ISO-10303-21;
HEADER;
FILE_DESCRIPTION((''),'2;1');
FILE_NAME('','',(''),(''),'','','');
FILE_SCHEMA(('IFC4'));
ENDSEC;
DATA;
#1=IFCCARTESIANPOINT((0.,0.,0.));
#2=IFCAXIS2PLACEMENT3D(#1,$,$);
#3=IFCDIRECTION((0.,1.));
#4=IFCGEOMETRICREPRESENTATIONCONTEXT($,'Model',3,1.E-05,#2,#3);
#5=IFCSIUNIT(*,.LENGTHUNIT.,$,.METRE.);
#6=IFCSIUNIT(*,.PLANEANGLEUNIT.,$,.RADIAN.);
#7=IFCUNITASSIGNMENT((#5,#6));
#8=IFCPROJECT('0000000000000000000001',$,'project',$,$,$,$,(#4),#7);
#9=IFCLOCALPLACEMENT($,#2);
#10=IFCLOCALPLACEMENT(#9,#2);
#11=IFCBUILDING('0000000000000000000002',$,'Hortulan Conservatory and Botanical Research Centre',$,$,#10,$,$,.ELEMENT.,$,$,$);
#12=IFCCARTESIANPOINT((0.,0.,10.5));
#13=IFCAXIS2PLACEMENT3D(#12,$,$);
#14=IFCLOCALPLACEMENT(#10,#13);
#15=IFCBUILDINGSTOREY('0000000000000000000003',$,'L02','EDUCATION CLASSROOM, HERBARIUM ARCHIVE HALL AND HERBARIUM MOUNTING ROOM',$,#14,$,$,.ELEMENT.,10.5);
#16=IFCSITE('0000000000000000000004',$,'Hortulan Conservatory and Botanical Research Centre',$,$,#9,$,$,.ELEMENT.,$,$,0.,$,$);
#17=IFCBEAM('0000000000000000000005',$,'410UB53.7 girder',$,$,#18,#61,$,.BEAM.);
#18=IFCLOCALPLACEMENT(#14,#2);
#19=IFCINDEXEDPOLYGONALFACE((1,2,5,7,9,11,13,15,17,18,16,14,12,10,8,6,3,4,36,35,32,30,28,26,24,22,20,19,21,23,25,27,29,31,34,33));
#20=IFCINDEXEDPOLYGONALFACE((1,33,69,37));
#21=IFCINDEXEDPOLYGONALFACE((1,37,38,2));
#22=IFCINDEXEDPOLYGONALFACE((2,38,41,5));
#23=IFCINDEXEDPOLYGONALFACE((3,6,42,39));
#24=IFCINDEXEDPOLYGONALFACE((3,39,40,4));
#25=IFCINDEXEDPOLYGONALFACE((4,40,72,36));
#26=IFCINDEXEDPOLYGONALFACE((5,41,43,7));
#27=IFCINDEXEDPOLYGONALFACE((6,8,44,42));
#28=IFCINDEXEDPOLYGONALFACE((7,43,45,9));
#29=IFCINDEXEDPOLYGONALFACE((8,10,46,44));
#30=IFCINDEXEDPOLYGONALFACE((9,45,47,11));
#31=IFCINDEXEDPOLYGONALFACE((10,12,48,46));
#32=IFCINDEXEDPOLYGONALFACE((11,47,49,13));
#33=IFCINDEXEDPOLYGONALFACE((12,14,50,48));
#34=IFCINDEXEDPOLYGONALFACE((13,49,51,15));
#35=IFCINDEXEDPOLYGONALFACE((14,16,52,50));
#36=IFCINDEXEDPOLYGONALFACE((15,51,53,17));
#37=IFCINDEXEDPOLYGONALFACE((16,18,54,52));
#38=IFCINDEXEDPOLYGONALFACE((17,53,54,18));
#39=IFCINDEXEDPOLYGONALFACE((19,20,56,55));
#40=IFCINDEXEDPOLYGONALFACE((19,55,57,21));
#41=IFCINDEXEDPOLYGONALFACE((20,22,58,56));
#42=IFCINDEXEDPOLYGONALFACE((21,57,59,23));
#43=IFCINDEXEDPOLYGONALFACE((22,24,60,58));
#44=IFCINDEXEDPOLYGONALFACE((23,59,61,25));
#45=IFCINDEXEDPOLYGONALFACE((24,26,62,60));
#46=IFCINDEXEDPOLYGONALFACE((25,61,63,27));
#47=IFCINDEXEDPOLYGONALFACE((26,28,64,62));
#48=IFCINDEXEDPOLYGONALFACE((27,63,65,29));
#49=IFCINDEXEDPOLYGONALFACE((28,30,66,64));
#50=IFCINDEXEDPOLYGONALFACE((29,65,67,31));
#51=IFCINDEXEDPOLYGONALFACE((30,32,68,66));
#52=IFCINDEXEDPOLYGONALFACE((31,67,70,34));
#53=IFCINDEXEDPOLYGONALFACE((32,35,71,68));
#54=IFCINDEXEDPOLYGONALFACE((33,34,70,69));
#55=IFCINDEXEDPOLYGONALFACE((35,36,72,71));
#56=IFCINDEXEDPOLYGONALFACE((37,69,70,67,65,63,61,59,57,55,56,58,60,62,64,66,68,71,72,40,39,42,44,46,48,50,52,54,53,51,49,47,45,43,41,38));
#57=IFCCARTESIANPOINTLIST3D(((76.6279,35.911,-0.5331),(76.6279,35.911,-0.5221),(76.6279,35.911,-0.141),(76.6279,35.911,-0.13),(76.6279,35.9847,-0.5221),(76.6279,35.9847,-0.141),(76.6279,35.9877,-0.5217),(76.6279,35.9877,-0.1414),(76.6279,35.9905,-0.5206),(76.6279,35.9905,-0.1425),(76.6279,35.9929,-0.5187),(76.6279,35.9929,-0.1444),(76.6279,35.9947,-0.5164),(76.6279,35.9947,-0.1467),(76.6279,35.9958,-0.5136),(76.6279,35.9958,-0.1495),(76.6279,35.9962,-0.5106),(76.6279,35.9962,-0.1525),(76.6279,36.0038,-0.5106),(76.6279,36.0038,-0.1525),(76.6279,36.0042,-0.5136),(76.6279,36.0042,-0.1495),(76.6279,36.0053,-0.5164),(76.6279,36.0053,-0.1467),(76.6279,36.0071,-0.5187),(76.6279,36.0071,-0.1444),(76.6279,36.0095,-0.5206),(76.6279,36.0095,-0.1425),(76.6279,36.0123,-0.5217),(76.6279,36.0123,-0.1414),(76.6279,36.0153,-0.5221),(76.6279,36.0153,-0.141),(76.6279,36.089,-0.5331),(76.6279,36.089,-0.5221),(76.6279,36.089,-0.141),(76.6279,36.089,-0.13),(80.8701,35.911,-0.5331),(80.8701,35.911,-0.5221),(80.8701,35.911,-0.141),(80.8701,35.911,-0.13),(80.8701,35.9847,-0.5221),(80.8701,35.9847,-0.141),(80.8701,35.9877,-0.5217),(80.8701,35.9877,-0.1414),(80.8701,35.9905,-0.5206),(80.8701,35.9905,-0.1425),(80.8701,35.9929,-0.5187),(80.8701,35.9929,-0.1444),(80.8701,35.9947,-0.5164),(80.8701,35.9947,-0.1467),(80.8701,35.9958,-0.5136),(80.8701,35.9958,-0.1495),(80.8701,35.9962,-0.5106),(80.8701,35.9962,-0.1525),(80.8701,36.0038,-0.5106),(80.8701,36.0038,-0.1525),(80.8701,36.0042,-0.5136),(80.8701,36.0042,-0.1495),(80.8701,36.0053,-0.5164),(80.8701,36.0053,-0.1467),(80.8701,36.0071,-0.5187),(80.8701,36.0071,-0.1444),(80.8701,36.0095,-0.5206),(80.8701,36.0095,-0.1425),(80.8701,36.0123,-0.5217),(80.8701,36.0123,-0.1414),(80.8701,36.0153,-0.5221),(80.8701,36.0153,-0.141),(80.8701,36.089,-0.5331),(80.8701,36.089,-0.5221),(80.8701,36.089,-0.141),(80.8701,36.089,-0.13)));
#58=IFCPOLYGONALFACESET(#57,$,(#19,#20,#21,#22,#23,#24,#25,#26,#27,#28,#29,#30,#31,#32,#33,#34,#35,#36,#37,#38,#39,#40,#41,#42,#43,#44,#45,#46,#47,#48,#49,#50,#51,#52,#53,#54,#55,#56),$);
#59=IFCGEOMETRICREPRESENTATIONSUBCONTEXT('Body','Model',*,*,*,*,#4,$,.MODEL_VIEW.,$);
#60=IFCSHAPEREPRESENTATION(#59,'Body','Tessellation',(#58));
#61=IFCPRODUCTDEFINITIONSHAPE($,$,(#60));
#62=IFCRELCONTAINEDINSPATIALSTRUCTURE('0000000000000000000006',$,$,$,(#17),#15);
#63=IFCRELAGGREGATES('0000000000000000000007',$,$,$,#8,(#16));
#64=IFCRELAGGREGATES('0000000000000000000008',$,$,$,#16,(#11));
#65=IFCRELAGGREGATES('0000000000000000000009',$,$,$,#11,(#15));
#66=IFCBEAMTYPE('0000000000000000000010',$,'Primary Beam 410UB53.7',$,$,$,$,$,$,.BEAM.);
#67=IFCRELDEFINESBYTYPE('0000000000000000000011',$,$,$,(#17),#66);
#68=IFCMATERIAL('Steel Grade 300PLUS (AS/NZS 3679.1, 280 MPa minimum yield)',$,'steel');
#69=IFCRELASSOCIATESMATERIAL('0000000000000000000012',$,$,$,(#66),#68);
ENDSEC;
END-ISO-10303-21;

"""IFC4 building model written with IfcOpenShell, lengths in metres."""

from ifc_helpers import new_model, si_unit, direction, frame, origin, origin_2d, place, context, subcontext, project, spatial, i_section, extrude, material, material_profile, profile_set, type_object, element, save


model = new_model("IFC4")

# Units and contexts
model_context = context("Model", 3, precision=1e-05, world=origin(), true_north=direction((0.0, 1.0)))
body_context = subcontext(model_context, "Body", "Model", "MODEL_VIEW")
ifc_project = project(units=[si_unit("LENGTHUNIT", "METRE"), si_unit("PLANEANGLEUNIT", "RADIAN")], contexts=[model_context])

# Site, building, storey
site_placement = place(None, origin())
site = spatial("IfcSite", under=ifc_project, at=site_placement, Name="Hortulan Conservatory and Botanical Research Centre", CompositionType="ELEMENT", RefElevation=0.0)
building_placement = place(site_placement, origin())
building = spatial("IfcBuilding", under=site, at=building_placement, Name="Hortulan Conservatory and Botanical Research Centre", CompositionType="ELEMENT")
storey_placement = place(building_placement, frame((0.0, 0.0, 10.5)))
storey = spatial("IfcBuildingStorey", under=building, at=storey_placement, Name="L02", Description="EDUCATION CLASSROOM, HERBARIUM ARCHIVE HALL AND HERBARIUM MOUNTING ROOM", CompositionType="ELEMENT", Elevation=10.5)

# Shared definitions
ifc_material_1 = material(Name="Steel Grade 300PLUS (AS/NZS 3679.1, 280 MPa minimum yield)", Category="steel")

# Beam
ifc_material_profile_1 = material_profile(ifc_material_1, i_section(OverallWidth=0.178, OverallDepth=0.4031, WebThickness=0.0076, FlangeThickness=0.011, FilletRadius=0.0115, at=origin_2d()), Name="410UB53.7")
ifc_profile_set_1 = profile_set([ifc_material_profile_1], Name="Steel Grade 300PLUS (AS/NZS 3679.1, 280 MPa minimum yield)")
beam_type_1 = type_object("IfcBeamType", Name="Primary Beam 410UB53.7", PredefinedType="BEAM", material=ifc_profile_set_1)
beam_1_placement = place(storey_placement, frame((76.6279, 36.0, -0.3315), z_axis=(1.0, 0.0, 0.0), x_axis=(0.0, 1.0, 0.0)))
element("IfcBeam", 1, at=beam_1_placement, inside=storey, type_object=beam_type_1, Name="410UB53.7 girder", PredefinedType="BEAM", context=body_context, shape_type="SweptSolid", body=[
    extrude(i_section(OverallWidth=0.178, OverallDepth=0.4031, WebThickness=0.0076, FlangeThickness=0.011, FilletRadius=0.0115, at=origin_2d()), origin(), (0.0, 0.0, 1.0), 4.2422),
])

save(model, "model.ifc")
